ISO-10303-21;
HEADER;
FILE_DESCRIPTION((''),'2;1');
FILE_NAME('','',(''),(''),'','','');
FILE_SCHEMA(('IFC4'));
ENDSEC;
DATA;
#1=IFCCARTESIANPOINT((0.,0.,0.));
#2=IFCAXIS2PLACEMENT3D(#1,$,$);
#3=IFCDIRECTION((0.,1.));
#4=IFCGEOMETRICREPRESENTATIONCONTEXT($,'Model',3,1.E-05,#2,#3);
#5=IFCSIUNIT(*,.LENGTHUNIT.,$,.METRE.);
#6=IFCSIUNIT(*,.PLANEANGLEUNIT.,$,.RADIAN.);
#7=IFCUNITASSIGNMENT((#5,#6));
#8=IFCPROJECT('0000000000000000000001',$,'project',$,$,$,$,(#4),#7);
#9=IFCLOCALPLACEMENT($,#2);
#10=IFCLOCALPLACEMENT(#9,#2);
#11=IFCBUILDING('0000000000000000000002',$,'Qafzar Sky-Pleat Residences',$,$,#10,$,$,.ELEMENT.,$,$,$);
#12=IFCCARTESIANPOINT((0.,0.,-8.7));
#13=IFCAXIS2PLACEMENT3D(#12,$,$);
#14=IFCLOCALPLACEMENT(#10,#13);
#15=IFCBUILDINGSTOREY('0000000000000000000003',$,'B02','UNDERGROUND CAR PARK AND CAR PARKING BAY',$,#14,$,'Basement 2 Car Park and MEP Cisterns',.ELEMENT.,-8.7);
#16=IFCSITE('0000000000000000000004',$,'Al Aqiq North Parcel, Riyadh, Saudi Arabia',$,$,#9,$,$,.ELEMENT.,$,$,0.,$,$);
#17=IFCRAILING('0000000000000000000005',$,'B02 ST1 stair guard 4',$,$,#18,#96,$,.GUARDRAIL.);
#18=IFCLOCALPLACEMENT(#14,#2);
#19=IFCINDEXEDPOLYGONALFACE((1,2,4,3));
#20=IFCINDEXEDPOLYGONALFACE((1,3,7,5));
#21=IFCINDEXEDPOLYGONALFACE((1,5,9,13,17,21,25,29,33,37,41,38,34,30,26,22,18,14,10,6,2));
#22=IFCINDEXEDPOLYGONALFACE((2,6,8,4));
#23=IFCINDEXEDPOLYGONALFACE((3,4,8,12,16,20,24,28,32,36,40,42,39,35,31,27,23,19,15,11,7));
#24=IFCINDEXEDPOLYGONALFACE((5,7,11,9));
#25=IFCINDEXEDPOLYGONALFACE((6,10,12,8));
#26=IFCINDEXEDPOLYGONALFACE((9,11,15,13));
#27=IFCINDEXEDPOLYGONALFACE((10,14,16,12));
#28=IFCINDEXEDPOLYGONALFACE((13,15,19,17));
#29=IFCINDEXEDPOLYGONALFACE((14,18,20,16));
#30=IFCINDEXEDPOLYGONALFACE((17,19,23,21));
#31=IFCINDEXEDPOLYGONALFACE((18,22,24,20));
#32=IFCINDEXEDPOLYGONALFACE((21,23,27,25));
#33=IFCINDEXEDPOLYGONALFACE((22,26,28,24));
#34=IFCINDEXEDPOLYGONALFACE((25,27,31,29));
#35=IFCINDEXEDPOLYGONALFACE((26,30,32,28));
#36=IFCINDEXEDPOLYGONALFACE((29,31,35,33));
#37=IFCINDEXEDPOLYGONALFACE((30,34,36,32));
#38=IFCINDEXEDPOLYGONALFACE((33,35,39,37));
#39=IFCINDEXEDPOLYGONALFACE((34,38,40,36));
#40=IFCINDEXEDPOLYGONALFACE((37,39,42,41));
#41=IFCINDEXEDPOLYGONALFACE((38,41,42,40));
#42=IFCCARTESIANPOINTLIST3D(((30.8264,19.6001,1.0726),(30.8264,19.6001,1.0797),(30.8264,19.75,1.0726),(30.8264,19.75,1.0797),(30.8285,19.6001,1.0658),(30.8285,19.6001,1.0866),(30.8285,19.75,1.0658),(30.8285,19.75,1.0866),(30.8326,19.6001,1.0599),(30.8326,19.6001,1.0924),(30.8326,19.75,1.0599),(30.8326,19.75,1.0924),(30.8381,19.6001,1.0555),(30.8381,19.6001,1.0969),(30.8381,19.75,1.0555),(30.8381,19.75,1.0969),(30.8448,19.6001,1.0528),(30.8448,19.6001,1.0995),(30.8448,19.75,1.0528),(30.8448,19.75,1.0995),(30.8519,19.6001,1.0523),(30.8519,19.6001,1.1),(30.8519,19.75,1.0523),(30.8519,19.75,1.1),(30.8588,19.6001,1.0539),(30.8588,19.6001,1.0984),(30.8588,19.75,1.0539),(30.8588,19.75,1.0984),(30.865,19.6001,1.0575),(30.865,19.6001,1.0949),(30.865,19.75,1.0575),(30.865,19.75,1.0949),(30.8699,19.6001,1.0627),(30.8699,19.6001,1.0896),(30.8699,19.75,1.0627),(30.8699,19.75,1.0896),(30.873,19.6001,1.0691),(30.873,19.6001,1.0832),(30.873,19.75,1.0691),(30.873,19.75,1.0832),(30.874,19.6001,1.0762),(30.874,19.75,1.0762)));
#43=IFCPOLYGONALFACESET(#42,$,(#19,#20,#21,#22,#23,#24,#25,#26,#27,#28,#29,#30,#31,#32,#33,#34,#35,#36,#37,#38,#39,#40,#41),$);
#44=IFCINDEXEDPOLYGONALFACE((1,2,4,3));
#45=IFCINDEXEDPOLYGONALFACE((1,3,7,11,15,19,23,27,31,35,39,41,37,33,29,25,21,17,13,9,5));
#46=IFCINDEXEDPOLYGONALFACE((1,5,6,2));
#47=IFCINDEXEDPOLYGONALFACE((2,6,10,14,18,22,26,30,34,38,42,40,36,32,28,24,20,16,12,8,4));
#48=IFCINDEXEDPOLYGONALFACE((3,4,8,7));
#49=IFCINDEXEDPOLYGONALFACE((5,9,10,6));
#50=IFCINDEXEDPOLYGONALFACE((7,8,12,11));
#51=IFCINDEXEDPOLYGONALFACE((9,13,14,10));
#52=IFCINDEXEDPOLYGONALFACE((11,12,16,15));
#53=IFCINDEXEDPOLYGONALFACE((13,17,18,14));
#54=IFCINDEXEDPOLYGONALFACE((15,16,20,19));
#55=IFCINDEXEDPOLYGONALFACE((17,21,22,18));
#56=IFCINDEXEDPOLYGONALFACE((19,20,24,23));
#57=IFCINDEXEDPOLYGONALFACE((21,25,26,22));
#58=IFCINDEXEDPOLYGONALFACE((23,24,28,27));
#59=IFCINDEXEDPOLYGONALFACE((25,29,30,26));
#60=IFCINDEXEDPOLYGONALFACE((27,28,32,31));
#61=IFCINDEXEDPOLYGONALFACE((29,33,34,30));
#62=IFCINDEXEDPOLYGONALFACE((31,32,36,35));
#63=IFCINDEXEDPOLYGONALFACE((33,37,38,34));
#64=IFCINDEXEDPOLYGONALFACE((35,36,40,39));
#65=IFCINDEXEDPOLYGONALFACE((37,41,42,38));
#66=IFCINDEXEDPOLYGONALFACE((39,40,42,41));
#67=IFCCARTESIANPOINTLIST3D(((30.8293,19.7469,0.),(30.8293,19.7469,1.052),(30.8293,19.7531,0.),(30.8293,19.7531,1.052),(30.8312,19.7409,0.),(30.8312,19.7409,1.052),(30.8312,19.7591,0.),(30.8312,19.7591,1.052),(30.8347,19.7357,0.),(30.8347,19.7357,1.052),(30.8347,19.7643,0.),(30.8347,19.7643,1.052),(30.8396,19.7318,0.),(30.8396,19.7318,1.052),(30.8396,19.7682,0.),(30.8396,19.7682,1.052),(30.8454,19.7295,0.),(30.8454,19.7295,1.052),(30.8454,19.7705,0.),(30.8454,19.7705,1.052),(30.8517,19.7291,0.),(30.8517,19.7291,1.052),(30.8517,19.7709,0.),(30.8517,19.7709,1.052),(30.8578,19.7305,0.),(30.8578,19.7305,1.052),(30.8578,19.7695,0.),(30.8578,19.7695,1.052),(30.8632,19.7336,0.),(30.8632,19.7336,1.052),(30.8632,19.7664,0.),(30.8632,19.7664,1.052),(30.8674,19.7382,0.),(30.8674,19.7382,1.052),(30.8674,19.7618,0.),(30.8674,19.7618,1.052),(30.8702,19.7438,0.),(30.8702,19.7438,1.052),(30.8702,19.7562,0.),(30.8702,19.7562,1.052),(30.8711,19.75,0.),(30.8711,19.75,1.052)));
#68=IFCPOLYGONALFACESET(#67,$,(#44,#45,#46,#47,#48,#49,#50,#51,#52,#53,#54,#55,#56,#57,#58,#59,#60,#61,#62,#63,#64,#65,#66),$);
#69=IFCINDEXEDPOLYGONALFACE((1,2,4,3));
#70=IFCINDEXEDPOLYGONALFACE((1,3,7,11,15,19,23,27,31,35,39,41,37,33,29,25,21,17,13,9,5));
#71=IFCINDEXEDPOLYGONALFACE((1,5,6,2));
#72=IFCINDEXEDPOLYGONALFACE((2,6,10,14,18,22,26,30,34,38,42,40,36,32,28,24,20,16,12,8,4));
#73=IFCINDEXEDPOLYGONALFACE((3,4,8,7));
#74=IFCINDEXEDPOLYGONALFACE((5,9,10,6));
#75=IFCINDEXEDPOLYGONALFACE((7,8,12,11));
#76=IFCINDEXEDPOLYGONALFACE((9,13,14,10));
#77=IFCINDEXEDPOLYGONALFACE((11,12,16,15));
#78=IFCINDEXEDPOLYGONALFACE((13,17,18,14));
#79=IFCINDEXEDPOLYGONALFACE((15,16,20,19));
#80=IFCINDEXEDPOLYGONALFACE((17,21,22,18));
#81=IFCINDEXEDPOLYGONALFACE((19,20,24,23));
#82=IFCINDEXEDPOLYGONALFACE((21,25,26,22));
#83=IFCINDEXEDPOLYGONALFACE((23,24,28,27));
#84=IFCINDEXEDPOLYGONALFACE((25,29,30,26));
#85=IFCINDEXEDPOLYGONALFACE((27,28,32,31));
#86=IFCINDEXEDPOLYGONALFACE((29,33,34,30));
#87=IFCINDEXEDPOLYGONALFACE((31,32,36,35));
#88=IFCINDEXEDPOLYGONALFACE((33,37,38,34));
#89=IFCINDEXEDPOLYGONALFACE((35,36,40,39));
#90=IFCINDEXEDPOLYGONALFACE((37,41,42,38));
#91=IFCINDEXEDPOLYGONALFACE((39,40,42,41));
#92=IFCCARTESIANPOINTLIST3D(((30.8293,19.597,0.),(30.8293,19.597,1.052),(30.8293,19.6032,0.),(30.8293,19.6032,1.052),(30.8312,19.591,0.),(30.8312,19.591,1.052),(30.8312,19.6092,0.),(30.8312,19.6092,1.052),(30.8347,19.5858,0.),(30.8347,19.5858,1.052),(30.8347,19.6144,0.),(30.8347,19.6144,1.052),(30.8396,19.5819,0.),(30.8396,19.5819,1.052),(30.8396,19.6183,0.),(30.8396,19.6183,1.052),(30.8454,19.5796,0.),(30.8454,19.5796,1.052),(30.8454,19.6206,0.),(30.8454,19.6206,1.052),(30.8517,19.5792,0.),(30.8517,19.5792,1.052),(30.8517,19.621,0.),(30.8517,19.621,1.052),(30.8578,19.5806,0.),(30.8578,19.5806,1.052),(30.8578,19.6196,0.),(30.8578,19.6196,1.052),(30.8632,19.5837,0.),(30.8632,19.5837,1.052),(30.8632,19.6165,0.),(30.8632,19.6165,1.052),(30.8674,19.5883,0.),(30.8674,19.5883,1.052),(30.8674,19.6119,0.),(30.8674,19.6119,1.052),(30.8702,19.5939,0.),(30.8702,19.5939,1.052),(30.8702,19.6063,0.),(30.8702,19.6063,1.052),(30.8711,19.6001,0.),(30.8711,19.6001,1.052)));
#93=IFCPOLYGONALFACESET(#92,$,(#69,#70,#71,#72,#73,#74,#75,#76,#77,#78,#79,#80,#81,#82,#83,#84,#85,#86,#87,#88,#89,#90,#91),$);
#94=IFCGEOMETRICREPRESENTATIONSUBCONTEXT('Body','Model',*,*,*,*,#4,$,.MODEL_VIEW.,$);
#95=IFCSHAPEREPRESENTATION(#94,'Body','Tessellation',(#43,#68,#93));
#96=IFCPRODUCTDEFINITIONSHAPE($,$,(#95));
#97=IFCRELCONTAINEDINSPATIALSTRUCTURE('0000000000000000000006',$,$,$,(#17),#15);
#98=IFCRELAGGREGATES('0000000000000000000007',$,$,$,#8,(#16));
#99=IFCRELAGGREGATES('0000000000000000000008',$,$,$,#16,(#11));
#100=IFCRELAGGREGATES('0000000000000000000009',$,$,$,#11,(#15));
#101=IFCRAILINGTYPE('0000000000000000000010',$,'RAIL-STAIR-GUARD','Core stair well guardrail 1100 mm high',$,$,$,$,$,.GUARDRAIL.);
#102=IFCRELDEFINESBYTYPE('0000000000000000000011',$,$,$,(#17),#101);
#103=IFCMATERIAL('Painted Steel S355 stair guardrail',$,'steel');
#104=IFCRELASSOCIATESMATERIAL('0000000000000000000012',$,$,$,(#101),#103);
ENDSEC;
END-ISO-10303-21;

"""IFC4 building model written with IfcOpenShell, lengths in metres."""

from ifc_helpers import new_model, si_unit, direction, frame, origin, origin_2d, place, context, subcontext, project, spatial, circle, extrude, source, transform, mapped, material, type_object, element, save


model = new_model("IFC4")

# Units and contexts
model_context = context("Model", 3, precision=1e-05, world=origin(), true_north=direction((0.0, 1.0)))
body_context = subcontext(model_context, "Body", "Model", "MODEL_VIEW")
ifc_project = project(units=[si_unit("LENGTHUNIT", "METRE"), si_unit("PLANEANGLEUNIT", "RADIAN")], contexts=[model_context])

# Site, building, storey
site_placement = place(None, origin())
site = spatial("IfcSite", under=ifc_project, at=site_placement, Name="Al Aqiq North Parcel, Riyadh, Saudi Arabia", CompositionType="ELEMENT", RefElevation=0.0)
building_placement = place(site_placement, origin())
building = spatial("IfcBuilding", under=site, at=building_placement, Name="Qafzar Sky-Pleat Residences", CompositionType="ELEMENT")
storey_placement = place(building_placement, frame((0.0, 0.0, -8.7)))
storey = spatial("IfcBuildingStorey", under=building, at=storey_placement, Name="B02", Description="UNDERGROUND CAR PARK AND CAR PARKING BAY", LongName="Basement 2 Car Park and MEP Cisterns", CompositionType="ELEMENT", Elevation=-8.7)

# Railing
ifc_material_1 = material(Name="Painted Steel S355 stair guardrail", Category="steel")
railing_type_1 = type_object("IfcRailingType", Name="RAIL-STAIR-GUARD", Description="Core stair well guardrail 1100 mm high", PredefinedType="GUARDRAIL", material=ifc_material_1)
shared_shape_1 = source(origin(), body_context, "Body", "SweptSolid", [
    extrude(circle(Radius=0.0239, at=origin_2d()), frame((0.0, 0.0, 1.0762), z_axis=(0.0, -1.0, 0.0), x_axis=(1.0, 0.0, 0.0)), (0.0, 0.0, 1.0), 0.1499),
    extrude(circle(Radius=0.021, at=origin_2d()), origin(), (0.0, 0.0, 1.0), 1.052),
    extrude(circle(Radius=0.021, at=origin_2d()), frame((0.0, -0.1499, 0.0)), (0.0, 0.0, 1.0), 1.052),
])
railing_1_placement = place(storey_placement, frame((30.8501, 19.75, 0.0)))
element("IfcRailing", 1, at=railing_1_placement, inside=storey, type_object=railing_type_1, Name="B02 ST1 stair guard 4", PredefinedType="GUARDRAIL", context=body_context, shape_type="MappedRepresentation", body=[
    mapped(shared_shape_1, transform((0.0, 0.0, 0.0), x_axis=(1.0, 0.0, 0.0), y_axis=(0.0, 1.0, 0.0), z_axis=(0.0, 0.0, 1.0), scale=1.0)),
])

save(model, "model.ifc")
